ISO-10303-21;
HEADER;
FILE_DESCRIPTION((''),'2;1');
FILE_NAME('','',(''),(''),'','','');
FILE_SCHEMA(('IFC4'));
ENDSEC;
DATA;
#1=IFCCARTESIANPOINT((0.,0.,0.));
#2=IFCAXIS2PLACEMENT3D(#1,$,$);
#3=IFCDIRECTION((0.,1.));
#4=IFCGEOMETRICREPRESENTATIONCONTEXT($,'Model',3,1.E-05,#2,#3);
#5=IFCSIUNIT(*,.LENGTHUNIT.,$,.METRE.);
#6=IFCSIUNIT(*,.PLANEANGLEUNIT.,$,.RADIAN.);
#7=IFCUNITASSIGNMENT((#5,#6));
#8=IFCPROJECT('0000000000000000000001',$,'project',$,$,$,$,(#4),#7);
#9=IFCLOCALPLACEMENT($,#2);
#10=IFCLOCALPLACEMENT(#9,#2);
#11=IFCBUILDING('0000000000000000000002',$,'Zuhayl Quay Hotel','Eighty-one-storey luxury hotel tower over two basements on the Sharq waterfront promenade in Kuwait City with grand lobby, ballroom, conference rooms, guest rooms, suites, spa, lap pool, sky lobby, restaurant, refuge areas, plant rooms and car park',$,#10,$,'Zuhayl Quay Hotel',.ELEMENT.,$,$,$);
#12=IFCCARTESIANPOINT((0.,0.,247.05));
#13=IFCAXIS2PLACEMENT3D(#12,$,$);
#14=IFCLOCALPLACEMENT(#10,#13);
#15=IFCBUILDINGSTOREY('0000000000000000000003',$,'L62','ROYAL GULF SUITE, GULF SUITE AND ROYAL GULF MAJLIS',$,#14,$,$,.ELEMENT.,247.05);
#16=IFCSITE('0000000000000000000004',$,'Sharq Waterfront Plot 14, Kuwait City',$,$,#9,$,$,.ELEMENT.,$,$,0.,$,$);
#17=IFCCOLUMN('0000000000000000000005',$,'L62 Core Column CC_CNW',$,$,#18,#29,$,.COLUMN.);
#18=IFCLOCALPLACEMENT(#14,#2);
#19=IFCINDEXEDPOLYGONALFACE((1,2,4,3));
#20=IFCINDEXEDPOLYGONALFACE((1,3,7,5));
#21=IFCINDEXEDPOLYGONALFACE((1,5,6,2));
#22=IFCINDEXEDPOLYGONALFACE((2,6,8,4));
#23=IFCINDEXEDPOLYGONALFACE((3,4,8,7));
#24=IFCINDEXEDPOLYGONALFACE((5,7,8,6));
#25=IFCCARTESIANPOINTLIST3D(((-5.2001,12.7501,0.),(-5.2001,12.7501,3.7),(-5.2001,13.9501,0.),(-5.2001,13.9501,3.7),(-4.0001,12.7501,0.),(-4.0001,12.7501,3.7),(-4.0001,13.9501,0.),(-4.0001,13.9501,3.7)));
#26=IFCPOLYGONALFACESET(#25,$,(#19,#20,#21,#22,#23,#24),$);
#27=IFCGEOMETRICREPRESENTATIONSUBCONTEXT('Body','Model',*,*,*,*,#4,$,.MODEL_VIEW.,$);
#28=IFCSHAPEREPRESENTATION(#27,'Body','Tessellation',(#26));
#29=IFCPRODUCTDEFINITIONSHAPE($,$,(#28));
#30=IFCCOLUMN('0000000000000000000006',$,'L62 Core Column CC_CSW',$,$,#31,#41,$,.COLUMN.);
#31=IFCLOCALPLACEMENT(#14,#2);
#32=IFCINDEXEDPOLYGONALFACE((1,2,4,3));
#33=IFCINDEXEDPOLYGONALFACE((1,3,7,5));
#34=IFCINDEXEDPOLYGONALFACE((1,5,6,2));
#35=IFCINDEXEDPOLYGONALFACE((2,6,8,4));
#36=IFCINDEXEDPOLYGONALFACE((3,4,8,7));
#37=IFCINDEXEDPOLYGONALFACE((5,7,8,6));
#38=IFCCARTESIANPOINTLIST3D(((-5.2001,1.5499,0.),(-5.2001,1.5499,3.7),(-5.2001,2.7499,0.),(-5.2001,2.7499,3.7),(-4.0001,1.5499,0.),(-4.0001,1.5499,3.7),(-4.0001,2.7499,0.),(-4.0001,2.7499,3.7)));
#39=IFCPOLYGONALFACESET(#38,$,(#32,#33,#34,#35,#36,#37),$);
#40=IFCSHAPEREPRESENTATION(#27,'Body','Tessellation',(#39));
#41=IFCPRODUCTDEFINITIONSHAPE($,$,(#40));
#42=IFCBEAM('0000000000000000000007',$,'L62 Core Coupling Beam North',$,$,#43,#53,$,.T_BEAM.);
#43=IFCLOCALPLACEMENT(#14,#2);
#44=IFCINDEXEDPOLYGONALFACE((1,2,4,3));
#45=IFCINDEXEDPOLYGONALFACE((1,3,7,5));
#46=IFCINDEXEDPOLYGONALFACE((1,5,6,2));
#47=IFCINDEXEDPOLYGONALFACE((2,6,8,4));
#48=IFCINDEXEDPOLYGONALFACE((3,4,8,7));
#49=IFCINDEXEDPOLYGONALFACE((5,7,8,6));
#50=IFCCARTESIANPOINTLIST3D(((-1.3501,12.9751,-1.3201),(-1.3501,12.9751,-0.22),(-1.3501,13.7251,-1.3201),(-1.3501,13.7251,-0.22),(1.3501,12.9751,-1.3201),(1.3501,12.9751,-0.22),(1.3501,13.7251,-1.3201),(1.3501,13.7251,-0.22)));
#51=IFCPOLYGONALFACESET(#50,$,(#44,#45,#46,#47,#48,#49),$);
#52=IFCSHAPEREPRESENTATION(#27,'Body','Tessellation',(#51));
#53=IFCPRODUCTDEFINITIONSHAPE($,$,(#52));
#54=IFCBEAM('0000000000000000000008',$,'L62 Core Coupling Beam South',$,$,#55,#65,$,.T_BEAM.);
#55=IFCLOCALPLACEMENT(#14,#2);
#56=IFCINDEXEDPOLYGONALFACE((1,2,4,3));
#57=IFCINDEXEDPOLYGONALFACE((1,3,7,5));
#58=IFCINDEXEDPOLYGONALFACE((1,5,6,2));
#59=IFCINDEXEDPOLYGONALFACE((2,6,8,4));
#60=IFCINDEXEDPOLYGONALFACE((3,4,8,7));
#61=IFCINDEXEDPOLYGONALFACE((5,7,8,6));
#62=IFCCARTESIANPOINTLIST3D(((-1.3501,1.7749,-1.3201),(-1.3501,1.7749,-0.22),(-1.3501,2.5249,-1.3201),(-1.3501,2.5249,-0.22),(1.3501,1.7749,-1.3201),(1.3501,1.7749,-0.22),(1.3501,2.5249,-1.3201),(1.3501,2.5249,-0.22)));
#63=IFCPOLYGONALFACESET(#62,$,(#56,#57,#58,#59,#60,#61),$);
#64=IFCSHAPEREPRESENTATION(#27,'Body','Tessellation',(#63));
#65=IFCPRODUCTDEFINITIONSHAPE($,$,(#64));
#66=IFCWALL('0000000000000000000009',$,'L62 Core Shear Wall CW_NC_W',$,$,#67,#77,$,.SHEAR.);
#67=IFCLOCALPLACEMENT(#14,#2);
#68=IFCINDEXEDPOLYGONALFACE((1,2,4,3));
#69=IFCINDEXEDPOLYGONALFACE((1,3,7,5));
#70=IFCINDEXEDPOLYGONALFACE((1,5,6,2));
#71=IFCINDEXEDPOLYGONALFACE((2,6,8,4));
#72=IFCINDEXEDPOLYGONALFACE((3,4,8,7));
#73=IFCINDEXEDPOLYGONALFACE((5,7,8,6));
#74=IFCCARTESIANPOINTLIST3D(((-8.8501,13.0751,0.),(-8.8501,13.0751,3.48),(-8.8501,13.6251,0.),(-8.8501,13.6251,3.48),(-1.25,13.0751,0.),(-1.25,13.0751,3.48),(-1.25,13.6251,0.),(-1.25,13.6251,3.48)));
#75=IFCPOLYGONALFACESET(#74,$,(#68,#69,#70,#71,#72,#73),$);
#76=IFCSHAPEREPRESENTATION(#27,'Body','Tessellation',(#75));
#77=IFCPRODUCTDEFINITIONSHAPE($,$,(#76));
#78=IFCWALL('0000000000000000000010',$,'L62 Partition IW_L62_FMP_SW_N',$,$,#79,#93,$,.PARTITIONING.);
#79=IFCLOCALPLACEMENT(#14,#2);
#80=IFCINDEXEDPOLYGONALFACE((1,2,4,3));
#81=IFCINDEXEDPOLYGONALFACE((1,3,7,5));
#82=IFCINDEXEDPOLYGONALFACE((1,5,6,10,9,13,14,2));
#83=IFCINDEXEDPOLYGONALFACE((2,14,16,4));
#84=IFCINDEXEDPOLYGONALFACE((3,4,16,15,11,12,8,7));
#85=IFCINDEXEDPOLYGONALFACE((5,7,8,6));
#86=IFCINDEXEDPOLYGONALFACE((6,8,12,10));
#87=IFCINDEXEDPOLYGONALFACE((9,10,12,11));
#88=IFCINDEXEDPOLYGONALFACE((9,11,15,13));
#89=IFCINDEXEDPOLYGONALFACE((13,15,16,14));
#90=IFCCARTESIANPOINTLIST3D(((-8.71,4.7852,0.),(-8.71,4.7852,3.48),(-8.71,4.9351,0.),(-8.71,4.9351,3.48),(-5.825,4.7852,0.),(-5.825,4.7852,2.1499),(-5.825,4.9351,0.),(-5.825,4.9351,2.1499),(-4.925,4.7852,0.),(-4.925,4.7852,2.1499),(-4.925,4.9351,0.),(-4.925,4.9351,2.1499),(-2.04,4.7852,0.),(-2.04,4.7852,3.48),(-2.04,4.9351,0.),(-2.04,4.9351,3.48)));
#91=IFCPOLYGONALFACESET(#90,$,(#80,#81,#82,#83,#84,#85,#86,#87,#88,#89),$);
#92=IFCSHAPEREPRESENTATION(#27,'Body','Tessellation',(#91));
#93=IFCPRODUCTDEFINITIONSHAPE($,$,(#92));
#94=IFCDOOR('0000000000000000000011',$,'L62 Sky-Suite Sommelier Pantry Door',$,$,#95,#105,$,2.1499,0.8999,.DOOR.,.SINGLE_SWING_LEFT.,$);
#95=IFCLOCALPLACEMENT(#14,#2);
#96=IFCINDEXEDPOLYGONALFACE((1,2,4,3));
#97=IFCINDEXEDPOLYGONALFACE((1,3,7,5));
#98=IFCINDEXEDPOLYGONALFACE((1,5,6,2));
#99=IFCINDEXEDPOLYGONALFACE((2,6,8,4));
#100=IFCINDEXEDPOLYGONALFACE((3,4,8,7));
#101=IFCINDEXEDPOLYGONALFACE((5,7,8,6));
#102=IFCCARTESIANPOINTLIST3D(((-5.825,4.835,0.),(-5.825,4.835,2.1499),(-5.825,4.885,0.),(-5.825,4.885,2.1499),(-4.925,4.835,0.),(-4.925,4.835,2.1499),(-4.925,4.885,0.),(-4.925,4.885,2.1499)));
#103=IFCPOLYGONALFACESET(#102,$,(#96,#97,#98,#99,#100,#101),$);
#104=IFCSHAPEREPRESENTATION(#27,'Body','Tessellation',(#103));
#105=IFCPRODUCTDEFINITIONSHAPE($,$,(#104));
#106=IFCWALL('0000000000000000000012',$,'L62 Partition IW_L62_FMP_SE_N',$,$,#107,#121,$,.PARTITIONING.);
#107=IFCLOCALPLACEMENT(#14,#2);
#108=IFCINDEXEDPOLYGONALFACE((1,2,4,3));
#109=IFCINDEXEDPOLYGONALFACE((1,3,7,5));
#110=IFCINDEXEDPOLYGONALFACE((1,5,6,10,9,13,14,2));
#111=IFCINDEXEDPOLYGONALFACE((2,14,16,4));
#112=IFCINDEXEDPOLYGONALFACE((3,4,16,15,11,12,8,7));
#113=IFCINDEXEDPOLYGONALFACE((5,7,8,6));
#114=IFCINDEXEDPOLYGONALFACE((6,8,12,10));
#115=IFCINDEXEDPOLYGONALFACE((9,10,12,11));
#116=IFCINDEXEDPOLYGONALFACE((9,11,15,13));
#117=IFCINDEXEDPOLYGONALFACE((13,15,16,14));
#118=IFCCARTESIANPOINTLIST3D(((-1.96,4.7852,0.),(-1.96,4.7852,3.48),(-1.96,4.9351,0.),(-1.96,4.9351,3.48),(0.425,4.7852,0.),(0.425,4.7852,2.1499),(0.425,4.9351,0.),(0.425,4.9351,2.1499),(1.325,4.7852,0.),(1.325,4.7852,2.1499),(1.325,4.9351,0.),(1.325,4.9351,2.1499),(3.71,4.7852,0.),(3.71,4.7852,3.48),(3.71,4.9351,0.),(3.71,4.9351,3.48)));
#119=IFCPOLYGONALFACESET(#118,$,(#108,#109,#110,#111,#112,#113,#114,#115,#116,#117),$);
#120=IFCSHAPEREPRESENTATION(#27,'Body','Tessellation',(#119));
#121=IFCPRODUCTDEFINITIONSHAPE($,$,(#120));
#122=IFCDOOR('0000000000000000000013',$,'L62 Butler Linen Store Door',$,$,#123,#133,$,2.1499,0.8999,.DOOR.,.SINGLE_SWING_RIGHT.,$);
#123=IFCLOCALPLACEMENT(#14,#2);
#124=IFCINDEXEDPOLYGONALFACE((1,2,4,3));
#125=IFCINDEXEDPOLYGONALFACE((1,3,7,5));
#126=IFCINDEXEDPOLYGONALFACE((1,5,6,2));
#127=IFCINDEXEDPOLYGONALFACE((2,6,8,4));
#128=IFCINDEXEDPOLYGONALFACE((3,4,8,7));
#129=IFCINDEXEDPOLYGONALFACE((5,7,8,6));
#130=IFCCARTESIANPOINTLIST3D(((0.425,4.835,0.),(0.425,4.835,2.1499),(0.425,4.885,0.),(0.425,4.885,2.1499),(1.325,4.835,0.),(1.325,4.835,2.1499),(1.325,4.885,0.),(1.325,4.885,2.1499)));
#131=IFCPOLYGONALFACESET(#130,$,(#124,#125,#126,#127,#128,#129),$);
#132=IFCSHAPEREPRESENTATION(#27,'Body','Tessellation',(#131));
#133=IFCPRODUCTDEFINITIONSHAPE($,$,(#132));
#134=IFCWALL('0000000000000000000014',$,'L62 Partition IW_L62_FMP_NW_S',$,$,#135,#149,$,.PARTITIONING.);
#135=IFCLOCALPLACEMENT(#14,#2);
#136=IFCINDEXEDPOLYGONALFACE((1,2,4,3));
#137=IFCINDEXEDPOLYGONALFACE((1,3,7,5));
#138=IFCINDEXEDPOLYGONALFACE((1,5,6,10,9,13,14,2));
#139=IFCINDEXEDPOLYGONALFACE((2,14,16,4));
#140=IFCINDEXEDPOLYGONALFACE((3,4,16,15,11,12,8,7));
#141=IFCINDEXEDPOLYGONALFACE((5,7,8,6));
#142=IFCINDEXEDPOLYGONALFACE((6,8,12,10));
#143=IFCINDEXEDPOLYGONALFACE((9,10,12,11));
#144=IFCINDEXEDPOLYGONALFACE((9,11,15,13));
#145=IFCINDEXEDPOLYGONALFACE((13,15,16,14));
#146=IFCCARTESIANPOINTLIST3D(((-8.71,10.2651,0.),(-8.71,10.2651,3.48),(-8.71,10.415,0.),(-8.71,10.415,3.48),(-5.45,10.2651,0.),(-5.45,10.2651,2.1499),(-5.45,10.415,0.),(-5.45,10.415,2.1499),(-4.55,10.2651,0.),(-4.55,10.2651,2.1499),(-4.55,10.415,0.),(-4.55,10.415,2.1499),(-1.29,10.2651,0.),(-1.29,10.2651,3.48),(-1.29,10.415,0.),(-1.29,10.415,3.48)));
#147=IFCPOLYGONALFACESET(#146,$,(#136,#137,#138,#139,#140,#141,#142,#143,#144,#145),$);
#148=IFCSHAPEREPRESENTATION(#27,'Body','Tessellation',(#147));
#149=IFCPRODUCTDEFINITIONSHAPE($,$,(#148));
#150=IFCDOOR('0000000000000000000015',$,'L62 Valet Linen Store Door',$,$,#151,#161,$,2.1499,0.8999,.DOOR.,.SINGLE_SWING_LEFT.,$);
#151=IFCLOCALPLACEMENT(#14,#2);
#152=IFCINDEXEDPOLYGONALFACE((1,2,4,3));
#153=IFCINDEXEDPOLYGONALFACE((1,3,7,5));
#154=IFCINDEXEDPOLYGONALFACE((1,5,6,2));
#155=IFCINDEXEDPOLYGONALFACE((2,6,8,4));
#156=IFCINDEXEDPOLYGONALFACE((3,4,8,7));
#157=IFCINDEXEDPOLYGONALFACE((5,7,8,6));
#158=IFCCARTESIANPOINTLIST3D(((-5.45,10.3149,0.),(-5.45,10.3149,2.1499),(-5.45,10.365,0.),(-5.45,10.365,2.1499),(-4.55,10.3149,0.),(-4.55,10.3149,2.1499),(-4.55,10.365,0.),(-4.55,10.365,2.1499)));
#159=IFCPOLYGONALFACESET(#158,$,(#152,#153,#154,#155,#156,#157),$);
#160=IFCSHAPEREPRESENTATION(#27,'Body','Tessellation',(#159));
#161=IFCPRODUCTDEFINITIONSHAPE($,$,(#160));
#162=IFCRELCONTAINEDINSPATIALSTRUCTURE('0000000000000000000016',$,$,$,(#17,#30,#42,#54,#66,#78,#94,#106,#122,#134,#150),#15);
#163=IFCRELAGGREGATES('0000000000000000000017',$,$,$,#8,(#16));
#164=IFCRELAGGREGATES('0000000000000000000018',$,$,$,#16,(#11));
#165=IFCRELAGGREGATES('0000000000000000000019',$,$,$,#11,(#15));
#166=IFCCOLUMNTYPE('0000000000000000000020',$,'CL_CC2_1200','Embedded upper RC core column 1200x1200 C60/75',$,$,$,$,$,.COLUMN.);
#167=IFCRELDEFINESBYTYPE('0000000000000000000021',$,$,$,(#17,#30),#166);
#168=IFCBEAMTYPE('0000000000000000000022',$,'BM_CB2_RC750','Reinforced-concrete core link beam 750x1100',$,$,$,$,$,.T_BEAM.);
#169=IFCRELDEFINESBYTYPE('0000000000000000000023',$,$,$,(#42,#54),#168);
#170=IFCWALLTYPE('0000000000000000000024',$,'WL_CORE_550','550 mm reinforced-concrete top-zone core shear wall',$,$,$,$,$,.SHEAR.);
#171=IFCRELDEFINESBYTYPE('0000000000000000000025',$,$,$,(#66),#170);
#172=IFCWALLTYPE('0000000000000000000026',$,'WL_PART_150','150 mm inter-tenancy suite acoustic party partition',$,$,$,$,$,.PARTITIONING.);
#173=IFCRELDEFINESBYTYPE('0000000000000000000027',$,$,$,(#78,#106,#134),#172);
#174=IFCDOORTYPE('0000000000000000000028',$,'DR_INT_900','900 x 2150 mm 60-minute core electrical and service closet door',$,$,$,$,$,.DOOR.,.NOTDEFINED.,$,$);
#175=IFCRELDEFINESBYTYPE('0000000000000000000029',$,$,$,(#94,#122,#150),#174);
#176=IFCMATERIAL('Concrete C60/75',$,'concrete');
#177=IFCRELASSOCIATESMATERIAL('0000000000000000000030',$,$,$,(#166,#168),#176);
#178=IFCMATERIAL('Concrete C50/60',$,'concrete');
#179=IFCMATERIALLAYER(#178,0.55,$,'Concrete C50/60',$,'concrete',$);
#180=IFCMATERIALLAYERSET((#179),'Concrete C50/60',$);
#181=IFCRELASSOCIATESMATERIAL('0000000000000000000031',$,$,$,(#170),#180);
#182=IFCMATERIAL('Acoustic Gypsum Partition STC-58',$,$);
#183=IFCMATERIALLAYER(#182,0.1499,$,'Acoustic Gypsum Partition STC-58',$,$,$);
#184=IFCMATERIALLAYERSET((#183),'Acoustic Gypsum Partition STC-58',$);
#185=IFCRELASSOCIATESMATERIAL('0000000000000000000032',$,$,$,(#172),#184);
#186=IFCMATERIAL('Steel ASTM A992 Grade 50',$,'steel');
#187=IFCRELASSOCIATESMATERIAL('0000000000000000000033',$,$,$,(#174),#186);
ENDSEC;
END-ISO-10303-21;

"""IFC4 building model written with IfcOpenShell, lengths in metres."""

from ifc_helpers import new_model, si_unit, direction, frame, frame_2d, origin, origin_2d, place, context, subcontext, project, spatial, rectangle, extrude, material, layer, layer_set, material_profile, profile_set, type_object, element, fill, save


model = new_model("IFC4")

# Units and contexts
model_context = context("Model", 3, precision=1e-05, world=origin(), true_north=direction((0.0, 1.0)))
body_context = subcontext(model_context, "Body", "Model", "MODEL_VIEW")
ifc_project = project(units=[si_unit("LENGTHUNIT", "METRE"), si_unit("PLANEANGLEUNIT", "RADIAN")], contexts=[model_context])

# Site, building, storey
site_placement = place(None, origin())
site = spatial("IfcSite", under=ifc_project, at=site_placement, Name="Sharq Waterfront Plot 14, Kuwait City", CompositionType="ELEMENT", RefElevation=0.0)
building_placement = place(site_placement, origin())
building = spatial("IfcBuilding", under=site, at=building_placement, Name="Zuhayl Quay Hotel", Description="Eighty-one-storey luxury hotel tower over two basements on the Sharq waterfront promenade in Kuwait City with grand lobby, ballroom, conference rooms, guest rooms, suites, spa, lap pool, sky lobby, restaurant, refuge areas, plant rooms and car park", LongName="Zuhayl Quay Hotel", CompositionType="ELEMENT")
storey_placement = place(building_placement, frame((0.0, 0.0, 247.05)))
storey = spatial("IfcBuildingStorey", under=building, at=storey_placement, Name="L62", Description="ROYAL GULF SUITE, GULF SUITE AND ROYAL GULF MAJLIS", CompositionType="ELEMENT", Elevation=247.05)

# Columns
ifc_material_1 = material(Name="Concrete C60/75", Category="concrete")
ifc_material_profile_1 = material_profile(ifc_material_1, rectangle(XDim=1.2, YDim=1.2, at=origin_2d()), Name="RC1200X1200")
ifc_profile_set_1 = profile_set([ifc_material_profile_1], Name="Concrete C60/75")
column_type = type_object("IfcColumnType", Name="CL_CC2_1200", Description="Embedded upper RC core column 1200x1200 C60/75", PredefinedType="COLUMN", material=ifc_profile_set_1)
for number, where, z_axis, x_axis, name in (
    (1, (-4.6001, 13.3501, 0.0), (0.0, 0.0, 1.0), (1.0, 0.0, 0.0), "L62 Core Column CC_CNW"),
    (2, (-4.6001, 2.1499, 0.0), (0.0, 0.0, 1.0), (1.0, 0.0, 0.0), "L62 Core Column CC_CSW"),
):
    element("IfcColumn", number, at=place(storey_placement, frame(where, z_axis=z_axis, x_axis=x_axis)), inside=storey, type_object=column_type, Name=name, PredefinedType="COLUMN", context=body_context, shape_type="SweptSolid", body=[
        extrude(rectangle(XDim=1.2, YDim=1.2, at=origin_2d()), origin(), (0.0, 0.0, 1.0), 3.7),
    ])

# Beams
ifc_material_profile_2 = material_profile(ifc_material_1, rectangle(XDim=0.75, YDim=1.1001, at=origin_2d()), Name="RC750X1100")
ifc_profile_set_2 = profile_set([ifc_material_profile_2], Name="Concrete C60/75")
beam_type = type_object("IfcBeamType", Name="BM_CB2_RC750", Description="Reinforced-concrete core link beam 750x1100", PredefinedType="T_BEAM", material=ifc_profile_set_2)
for number, where, z_axis, x_axis, name in (
    (3, (-1.3501, 13.3501, -0.77), (1.0, 0.0, 0.0), (0.0, 1.0, 0.0), "L62 Core Coupling Beam North"),
    (4, (-1.3501, 2.1499, -0.77), (1.0, 0.0, 0.0), (0.0, 1.0, 0.0), "L62 Core Coupling Beam South"),
):
    element("IfcBeam", number, at=place(storey_placement, frame(where, z_axis=z_axis, x_axis=x_axis)), inside=storey, type_object=beam_type, Name=name, PredefinedType="T_BEAM", context=body_context, shape_type="SweptSolid", body=[
        extrude(rectangle(XDim=0.75, YDim=1.1001, at=origin_2d()), origin(), (0.0, 0.0, 1.0), 2.7002),
    ])

# Wall
ifc_material_2 = material(Name="Concrete C50/60", Category="concrete")
ifc_layer_1 = layer(ifc_material_2, 0.55, Name="Concrete C50/60", Category="concrete")
ifc_layer_set_1 = layer_set([ifc_layer_1], Name="Concrete C50/60")
wall_type_1 = type_object("IfcWallType", Name="WL_CORE_550", Description="550 mm reinforced-concrete top-zone core shear wall", PredefinedType="SHEAR", material=ifc_layer_set_1)
wall_1_placement = place(storey_placement, frame((-8.8501, 13.3501, 0.0), z_axis=(0.0, 0.0, 1.0), x_axis=(1.0, 0.0, 0.0)))
element("IfcWall", 5, at=wall_1_placement, inside=storey, type_object=wall_type_1, Name="L62 Core Shear Wall CW_NC_W", PredefinedType="SHEAR", context=body_context, shape_type="SweptSolid", body=[
    extrude(rectangle(XDim=7.6001, YDim=0.55, at=frame_2d((3.8, 0.0))), origin(), (0.0, 0.0, 1.0), 3.48),
])

# Walls, openings, doors
ifc_material_3 = material(Name="Acoustic Gypsum Partition STC-58")
ifc_layer_2 = layer(ifc_material_3, 0.1499, Name="Acoustic Gypsum Partition STC-58")
ifc_layer_set_2 = layer_set([ifc_layer_2], Name="Acoustic Gypsum Partition STC-58")
wall_type_2 = type_object("IfcWallType", Name="WL_PART_150", Description="150 mm inter-tenancy suite acoustic party partition", PredefinedType="PARTITIONING", material=ifc_layer_set_2)
wall_2_placement = place(storey_placement, frame((-8.71, 4.8601, 0.0), z_axis=(0.0, 0.0, 1.0), x_axis=(1.0, 0.0, 0.0)))
wall_2 = element("IfcWall", 6, at=wall_2_placement, inside=storey, type_object=wall_type_2, Name="L62 Partition IW_L62_FMP_SW_N", PredefinedType="PARTITIONING", context=body_context, shape_type="SweptSolid", body=[
    extrude(rectangle(XDim=6.6699, YDim=0.1499, at=frame_2d((3.335, 0.0))), origin(), (0.0, 0.0, 1.0), 3.48),
])
opening_1_placement = place(wall_2_placement, frame((2.885, 0.0, 0.0)))
opening_1 = element("IfcOpeningElement", 7, at=opening_1_placement, cuts=wall_2, PredefinedType="OPENING", context=body_context, shape_type="SweptSolid", body=[
    extrude(rectangle(XDim=0.8999, YDim=2.1499, at=frame_2d((0.45, 1.075))), frame((0.0, 0.085, 0.0), z_axis=(0.0, -1.0, 0.0), x_axis=(1.0, 0.0, 0.0)), (0.0, 0.0, 1.0), 0.1699),
])
ifc_material_4 = material(Name="Steel ASTM A992 Grade 50", Category="steel")
door_type_1 = type_object("IfcDoorType", Name="DR_INT_900", Description="900 x 2150 mm 60-minute core electrical and service closet door", OperationType="NOTDEFINED", PredefinedType="DOOR", material=ifc_material_4)
door_1_placement = place(opening_1_placement, origin())
door_1 = element("IfcDoor", 8, at=door_1_placement, inside=storey, type_object=door_type_1, Name="L62 Sky-Suite Sommelier Pantry Door", OperationType="SINGLE_SWING_LEFT", OverallHeight=2.1499, OverallWidth=0.8999, PredefinedType="DOOR", context=body_context, shape_type="SweptSolid", body=[
    extrude(rectangle(XDim=0.8999, YDim=2.1499, at=frame_2d((0.45, 1.075))), frame((0.0, 0.0249, 0.0), z_axis=(0.0, -1.0, 0.0), x_axis=(1.0, 0.0, 0.0)), (0.0, 0.0, 1.0), 0.05),
])
fill(opening_1, door_1)
wall_3_placement = place(storey_placement, frame((-1.96, 4.8601, 0.0), z_axis=(0.0, 0.0, 1.0), x_axis=(1.0, 0.0, 0.0)))
wall_3 = element("IfcWall", 9, at=wall_3_placement, inside=storey, type_object=wall_type_2, Name="L62 Partition IW_L62_FMP_SE_N", PredefinedType="PARTITIONING", context=body_context, shape_type="SweptSolid", body=[
    extrude(rectangle(XDim=5.6699, YDim=0.1499, at=frame_2d((2.835, 0.0))), origin(), (0.0, 0.0, 1.0), 3.48),
])
opening_2_placement = place(wall_3_placement, frame((2.385, 0.0, 0.0)))
opening_2 = element("IfcOpeningElement", 10, at=opening_2_placement, cuts=wall_3, PredefinedType="OPENING", context=body_context, shape_type="SweptSolid", body=[
    extrude(rectangle(XDim=0.8999, YDim=2.1499, at=frame_2d((0.45, 1.075))), frame((0.0, 0.085, 0.0), z_axis=(0.0, -1.0, 0.0), x_axis=(1.0, 0.0, 0.0)), (0.0, 0.0, 1.0), 0.1699),
])
door_2_placement = place(opening_2_placement, origin())
door_2 = element("IfcDoor", 11, at=door_2_placement, inside=storey, type_object=door_type_1, Name="L62 Butler Linen Store Door", OperationType="SINGLE_SWING_RIGHT", OverallHeight=2.1499, OverallWidth=0.8999, PredefinedType="DOOR", context=body_context, shape_type="SweptSolid", body=[
    extrude(rectangle(XDim=0.8999, YDim=2.1499, at=frame_2d((0.45, 1.075))), frame((0.0, 0.0249, 0.0), z_axis=(0.0, -1.0, 0.0), x_axis=(1.0, 0.0, 0.0)), (0.0, 0.0, 1.0), 0.05),
])
fill(opening_2, door_2)
wall_4_placement = place(storey_placement, frame((-8.71, 10.3401, 0.0), z_axis=(0.0, 0.0, 1.0), x_axis=(1.0, 0.0, 0.0)))
wall_4 = element("IfcWall", 12, at=wall_4_placement, inside=storey, type_object=wall_type_2, Name="L62 Partition IW_L62_FMP_NW_S", PredefinedType="PARTITIONING", context=body_context, shape_type="SweptSolid", body=[
    extrude(rectangle(XDim=7.4199, YDim=0.1499, at=frame_2d((3.71, 0.0))), origin(), (0.0, 0.0, 1.0), 3.48),
])
opening_3_placement = place(wall_4_placement, frame((3.26, 0.0, 0.0)))
opening_3 = element("IfcOpeningElement", 13, at=opening_3_placement, cuts=wall_4, PredefinedType="OPENING", context=body_context, shape_type="SweptSolid", body=[
    extrude(rectangle(XDim=0.8999, YDim=2.1499, at=frame_2d((0.45, 1.075))), frame((0.0, 0.085, 0.0), z_axis=(0.0, -1.0, 0.0), x_axis=(1.0, 0.0, 0.0)), (0.0, 0.0, 1.0), 0.1699),
])
door_3_placement = place(opening_3_placement, origin())
door_3 = element("IfcDoor", 14, at=door_3_placement, inside=storey, type_object=door_type_1, Name="L62 Valet Linen Store Door", OperationType="SINGLE_SWING_LEFT", OverallHeight=2.1499, OverallWidth=0.8999, PredefinedType="DOOR", context=body_context, shape_type="SweptSolid", body=[
    extrude(rectangle(XDim=0.8999, YDim=2.1499, at=frame_2d((0.45, 1.075))), frame((0.0, 0.0249, 0.0), z_axis=(0.0, -1.0, 0.0), x_axis=(1.0, 0.0, 0.0)), (0.0, 0.0, 1.0), 0.05),
])
fill(opening_3, door_3)

save(model, "model.ifc")
